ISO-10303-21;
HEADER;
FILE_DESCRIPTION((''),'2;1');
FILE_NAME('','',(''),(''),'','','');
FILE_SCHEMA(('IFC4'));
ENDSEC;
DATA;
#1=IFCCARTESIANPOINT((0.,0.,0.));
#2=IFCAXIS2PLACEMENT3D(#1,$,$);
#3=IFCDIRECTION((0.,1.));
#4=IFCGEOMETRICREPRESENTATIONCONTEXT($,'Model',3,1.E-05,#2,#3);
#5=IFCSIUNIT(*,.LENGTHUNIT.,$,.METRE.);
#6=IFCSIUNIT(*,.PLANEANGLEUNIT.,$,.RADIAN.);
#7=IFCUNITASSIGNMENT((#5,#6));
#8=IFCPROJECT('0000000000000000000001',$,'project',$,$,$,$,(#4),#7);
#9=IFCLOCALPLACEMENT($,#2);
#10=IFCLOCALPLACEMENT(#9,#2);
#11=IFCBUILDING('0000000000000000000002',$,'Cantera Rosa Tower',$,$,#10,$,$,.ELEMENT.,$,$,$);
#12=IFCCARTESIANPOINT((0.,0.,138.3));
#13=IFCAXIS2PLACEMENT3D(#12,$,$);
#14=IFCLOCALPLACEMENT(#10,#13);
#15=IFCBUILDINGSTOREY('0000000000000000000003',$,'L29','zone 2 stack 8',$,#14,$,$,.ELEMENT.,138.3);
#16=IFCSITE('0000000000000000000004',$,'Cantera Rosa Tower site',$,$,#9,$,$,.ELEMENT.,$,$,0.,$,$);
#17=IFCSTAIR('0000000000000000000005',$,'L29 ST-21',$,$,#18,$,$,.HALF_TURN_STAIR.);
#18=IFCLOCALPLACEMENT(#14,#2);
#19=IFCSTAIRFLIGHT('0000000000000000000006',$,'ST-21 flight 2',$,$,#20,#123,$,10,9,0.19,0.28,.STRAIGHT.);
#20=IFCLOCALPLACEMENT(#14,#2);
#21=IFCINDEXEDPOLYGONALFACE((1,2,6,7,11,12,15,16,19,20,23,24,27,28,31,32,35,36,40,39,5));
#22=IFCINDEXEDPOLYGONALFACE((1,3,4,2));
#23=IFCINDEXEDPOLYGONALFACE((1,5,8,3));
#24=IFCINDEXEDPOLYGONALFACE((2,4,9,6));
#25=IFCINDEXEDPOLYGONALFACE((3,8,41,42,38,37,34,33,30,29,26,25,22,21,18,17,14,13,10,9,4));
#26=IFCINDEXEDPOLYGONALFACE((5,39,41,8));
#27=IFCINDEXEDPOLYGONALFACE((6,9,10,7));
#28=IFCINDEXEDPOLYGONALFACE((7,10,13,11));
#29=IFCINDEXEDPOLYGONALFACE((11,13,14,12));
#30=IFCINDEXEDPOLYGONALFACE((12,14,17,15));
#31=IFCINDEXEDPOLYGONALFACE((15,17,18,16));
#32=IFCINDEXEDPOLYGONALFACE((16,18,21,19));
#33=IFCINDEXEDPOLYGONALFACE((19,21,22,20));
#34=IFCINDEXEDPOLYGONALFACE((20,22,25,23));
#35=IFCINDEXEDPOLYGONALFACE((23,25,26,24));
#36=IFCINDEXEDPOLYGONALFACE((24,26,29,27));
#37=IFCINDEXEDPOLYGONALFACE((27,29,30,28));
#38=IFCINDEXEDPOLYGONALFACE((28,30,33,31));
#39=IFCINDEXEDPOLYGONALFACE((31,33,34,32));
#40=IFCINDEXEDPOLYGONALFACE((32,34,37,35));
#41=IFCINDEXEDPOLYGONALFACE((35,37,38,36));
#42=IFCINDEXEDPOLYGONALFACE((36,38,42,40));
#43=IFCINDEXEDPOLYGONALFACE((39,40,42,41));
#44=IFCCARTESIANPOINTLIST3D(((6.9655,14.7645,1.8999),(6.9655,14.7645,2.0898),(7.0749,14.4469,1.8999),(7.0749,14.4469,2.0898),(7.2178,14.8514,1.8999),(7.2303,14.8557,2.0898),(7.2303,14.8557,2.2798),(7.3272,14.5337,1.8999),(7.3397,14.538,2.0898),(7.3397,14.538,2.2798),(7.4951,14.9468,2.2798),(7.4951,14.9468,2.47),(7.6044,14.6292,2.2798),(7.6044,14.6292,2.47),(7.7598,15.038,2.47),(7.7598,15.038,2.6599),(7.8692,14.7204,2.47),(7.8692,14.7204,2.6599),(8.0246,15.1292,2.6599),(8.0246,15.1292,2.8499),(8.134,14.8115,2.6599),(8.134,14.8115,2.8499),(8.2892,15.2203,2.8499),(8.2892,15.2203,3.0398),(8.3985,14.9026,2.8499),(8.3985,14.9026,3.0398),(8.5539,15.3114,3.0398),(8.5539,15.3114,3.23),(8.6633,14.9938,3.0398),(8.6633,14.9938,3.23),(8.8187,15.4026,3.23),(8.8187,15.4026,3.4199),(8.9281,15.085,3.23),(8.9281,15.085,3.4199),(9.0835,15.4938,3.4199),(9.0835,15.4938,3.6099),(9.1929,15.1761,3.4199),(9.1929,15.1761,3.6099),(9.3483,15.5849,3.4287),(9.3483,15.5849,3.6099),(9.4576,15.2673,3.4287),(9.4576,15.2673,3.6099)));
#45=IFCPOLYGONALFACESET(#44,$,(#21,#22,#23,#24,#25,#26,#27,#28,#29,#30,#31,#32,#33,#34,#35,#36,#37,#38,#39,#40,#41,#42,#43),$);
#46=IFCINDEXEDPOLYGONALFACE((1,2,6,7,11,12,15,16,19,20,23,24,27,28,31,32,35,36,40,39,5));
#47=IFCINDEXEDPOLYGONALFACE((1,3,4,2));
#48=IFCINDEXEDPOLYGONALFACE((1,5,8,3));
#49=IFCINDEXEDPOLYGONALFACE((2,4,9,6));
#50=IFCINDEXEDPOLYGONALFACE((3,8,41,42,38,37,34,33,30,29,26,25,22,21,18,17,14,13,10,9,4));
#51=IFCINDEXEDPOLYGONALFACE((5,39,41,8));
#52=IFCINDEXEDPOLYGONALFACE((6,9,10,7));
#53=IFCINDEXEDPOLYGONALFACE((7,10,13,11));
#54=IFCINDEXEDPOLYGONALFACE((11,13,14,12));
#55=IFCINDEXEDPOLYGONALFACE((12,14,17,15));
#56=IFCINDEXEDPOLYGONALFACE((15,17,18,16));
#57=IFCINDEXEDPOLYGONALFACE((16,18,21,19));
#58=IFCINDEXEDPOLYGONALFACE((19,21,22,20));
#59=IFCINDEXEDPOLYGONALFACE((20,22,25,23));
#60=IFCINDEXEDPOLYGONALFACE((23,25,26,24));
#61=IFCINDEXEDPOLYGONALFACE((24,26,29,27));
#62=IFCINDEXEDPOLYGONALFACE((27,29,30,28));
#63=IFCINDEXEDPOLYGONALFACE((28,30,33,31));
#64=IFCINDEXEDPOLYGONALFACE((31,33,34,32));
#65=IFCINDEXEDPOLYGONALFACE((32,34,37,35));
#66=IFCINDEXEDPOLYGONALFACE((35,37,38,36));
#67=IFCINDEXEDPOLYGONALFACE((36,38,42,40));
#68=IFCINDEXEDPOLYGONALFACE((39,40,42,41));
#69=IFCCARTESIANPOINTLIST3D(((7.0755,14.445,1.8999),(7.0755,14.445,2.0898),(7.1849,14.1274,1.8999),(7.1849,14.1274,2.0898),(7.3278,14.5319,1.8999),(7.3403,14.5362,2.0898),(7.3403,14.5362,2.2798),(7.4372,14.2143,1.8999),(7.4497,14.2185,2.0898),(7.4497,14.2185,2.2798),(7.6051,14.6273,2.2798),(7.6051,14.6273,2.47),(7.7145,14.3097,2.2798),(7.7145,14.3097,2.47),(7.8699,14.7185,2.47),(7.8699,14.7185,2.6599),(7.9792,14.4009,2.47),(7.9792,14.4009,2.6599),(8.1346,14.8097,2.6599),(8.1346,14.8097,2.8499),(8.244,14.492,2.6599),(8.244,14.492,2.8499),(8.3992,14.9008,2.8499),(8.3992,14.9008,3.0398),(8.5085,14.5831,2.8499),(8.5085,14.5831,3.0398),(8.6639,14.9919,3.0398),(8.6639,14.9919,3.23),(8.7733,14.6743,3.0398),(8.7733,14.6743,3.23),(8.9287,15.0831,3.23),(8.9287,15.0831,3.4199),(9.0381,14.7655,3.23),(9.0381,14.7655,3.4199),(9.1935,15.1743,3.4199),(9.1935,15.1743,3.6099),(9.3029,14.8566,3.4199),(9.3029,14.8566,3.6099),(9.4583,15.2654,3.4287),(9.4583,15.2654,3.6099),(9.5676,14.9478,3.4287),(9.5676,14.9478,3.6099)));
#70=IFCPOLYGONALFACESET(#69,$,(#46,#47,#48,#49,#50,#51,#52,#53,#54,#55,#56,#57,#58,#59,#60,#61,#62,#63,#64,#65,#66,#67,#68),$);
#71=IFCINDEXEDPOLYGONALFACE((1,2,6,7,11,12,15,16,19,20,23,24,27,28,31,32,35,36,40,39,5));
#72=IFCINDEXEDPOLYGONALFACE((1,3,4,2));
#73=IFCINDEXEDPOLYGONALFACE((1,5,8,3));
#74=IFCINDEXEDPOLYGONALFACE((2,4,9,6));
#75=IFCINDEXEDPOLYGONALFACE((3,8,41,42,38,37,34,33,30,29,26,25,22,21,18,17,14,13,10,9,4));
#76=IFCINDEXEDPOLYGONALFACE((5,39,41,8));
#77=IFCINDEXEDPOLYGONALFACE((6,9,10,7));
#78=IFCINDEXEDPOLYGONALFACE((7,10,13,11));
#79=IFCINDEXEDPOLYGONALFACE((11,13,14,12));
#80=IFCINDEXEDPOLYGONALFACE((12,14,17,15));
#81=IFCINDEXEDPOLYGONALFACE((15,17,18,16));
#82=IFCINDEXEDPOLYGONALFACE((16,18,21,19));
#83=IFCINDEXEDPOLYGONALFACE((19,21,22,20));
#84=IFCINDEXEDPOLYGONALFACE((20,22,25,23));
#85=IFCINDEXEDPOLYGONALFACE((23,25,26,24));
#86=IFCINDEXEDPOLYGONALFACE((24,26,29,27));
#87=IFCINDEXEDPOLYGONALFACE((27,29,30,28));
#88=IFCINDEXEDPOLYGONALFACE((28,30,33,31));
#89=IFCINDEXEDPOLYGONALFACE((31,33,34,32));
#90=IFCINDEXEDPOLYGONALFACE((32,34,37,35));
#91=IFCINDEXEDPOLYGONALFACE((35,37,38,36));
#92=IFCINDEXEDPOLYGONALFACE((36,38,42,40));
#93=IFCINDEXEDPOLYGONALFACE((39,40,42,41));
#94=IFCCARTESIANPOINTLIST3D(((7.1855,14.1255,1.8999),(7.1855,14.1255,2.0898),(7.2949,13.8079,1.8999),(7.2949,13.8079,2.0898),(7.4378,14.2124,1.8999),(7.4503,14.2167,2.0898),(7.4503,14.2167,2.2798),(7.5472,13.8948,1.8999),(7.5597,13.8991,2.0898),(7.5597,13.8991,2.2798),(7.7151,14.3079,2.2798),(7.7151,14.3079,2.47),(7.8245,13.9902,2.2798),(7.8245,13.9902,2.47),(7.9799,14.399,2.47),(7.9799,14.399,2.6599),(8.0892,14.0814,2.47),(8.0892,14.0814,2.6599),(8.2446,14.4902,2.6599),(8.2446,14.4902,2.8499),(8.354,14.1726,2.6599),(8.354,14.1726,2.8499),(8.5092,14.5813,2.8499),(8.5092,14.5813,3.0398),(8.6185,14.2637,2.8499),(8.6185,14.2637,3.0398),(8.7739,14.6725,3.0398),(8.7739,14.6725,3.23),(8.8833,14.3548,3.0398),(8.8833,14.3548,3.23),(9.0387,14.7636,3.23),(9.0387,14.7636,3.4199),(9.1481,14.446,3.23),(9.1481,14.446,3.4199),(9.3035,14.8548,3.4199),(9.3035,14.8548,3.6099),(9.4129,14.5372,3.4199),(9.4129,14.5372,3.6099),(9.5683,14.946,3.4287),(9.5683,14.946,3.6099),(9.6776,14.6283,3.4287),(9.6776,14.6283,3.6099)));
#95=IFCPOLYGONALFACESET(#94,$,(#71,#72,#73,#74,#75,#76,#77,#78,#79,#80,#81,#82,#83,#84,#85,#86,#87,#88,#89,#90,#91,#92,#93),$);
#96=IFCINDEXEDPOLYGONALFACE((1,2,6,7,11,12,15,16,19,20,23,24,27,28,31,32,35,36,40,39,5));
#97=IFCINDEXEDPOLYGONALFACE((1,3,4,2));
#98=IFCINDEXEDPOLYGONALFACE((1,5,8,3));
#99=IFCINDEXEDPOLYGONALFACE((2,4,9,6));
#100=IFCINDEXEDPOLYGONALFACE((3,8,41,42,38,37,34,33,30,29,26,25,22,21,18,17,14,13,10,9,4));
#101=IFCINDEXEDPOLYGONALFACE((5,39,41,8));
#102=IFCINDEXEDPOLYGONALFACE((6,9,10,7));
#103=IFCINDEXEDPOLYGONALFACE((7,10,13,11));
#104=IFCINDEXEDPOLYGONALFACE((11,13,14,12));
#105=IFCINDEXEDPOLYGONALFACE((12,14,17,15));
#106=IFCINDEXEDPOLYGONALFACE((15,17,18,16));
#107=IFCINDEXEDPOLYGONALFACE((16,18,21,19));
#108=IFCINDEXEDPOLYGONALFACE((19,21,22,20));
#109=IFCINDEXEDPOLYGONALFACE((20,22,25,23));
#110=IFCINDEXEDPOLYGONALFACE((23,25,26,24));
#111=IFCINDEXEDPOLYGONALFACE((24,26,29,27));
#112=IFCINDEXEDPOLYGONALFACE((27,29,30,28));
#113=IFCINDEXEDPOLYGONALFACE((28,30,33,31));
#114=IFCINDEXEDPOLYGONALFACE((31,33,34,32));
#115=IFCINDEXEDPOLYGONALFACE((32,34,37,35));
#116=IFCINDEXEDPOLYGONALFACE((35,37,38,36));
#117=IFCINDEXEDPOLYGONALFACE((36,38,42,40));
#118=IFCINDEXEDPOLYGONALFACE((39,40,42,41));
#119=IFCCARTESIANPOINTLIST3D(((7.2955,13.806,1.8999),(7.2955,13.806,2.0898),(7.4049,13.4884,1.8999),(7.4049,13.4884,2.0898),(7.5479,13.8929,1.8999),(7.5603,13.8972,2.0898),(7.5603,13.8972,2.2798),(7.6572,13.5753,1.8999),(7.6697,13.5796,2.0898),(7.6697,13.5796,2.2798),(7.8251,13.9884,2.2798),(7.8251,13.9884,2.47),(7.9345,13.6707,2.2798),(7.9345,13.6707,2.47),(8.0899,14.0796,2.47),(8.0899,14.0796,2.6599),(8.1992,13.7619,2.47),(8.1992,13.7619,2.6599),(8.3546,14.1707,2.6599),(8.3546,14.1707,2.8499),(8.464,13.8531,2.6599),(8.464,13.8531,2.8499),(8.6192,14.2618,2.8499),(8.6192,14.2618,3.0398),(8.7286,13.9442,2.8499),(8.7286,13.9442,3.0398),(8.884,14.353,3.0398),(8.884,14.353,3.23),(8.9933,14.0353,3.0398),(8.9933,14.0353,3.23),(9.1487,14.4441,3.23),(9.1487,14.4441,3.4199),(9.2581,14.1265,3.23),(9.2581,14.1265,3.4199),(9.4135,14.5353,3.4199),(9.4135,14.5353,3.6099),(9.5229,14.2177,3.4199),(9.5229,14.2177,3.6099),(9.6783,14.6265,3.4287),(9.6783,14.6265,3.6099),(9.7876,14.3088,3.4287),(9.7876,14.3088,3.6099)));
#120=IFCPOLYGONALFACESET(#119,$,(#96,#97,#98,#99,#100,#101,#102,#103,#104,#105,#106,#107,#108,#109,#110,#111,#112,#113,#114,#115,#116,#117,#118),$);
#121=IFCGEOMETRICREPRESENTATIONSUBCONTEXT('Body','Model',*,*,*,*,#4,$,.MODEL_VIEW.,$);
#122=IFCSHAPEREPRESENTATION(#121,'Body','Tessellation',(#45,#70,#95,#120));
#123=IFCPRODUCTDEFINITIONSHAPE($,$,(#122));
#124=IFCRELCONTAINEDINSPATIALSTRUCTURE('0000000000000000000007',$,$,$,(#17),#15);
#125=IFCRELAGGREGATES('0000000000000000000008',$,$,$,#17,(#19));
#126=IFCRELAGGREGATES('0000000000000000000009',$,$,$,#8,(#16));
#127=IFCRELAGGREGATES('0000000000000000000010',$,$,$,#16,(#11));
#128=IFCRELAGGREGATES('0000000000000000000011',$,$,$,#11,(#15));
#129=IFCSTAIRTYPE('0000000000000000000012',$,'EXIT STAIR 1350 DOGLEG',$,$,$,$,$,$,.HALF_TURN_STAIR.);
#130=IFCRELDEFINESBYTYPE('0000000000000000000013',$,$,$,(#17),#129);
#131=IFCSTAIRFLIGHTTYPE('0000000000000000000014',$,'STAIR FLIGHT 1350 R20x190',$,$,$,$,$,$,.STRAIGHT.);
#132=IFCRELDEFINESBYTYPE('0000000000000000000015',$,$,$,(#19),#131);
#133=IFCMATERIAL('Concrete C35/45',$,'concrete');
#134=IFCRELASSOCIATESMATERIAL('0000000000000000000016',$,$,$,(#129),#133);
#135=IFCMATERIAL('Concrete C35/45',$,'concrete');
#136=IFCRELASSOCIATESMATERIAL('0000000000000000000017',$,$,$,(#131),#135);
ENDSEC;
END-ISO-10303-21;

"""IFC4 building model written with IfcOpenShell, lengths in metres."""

from ifc_helpers import new_model, si_unit, direction, frame, origin, place, context, subcontext, project, spatial, polyline, outline, extrude, material, type_object, element, aggregate, save


model = new_model("IFC4")

# Units and contexts
model_context = context("Model", 3, precision=1e-05, world=origin(), true_north=direction((0.0, 1.0)))
body_context = subcontext(model_context, "Body", "Model", "MODEL_VIEW")
ifc_project = project(units=[si_unit("LENGTHUNIT", "METRE"), si_unit("PLANEANGLEUNIT", "RADIAN")], contexts=[model_context])

# Site, building, storey
site_placement = place(None, origin())
site = spatial("IfcSite", under=ifc_project, at=site_placement, Name="Cantera Rosa Tower site", CompositionType="ELEMENT", RefElevation=0.0)
building_placement = place(site_placement, origin())
building = spatial("IfcBuilding", under=site, at=building_placement, Name="Cantera Rosa Tower", CompositionType="ELEMENT")
storey_placement = place(building_placement, frame((0.0, 0.0, 138.3)))
storey = spatial("IfcBuildingStorey", under=building, at=storey_placement, Name="L29", Description="zone 2 stack 8", CompositionType="ELEMENT", Elevation=138.3)

# Shared definitions
ifc_material_1 = material(Name="Concrete C35/45", Category="concrete")
stair_type = type_object("IfcStairType", Name="EXIT STAIR 1350 DOGLEG", PredefinedType="HALF_TURN_STAIR", material=ifc_material_1)

# Stair, stair flight
stair_1_placement = place(storey_placement, origin())
stair_1 = element("IfcStair", 1, at=stair_1_placement, inside=storey, type_object=stair_type, Name="L29 ST-21", PredefinedType="HALF_TURN_STAIR")
ifc_material_2 = material(Name="Concrete C35/45", Category="concrete")
stair_flight_type = type_object("IfcStairFlightType", Name="STAIR FLIGHT 1350 R20x190", PredefinedType="STRAIGHT", material=ifc_material_2)
stair_flight_placement = place(storey_placement, frame((7.1853, 14.1262, 1.8999), z_axis=(0.0, 0.0, 1.0), x_axis=(0.945519, 0.325568, 0.0)))
stair_flight = element("IfcStairFlight", 2, at=stair_flight_placement, type_object=stair_flight_type, Name="ST-21 flight 2", NumberOfRisers=10, NumberOfTreads=9, PredefinedType="STRAIGHT", RiserHeight=0.19, TreadLength=0.28, context=body_context, shape_type="SweptSolid", body=[
    extrude(outline(polyline([(0.0, 0.0), (0.0, 0.1899), (0.28, 0.1899), (0.28, 0.3799), (0.5601, 0.3799), (0.5601, 0.5701), (0.8401, 0.5701), (0.8401, 0.76), (1.1201, 0.76), (1.1201, 0.95), (1.3999, 0.95), (1.3999, 1.1399), (1.6799, 1.1399), (1.6799, 1.3301), (1.96, 1.3301), (1.96, 1.52), (2.24, 1.52), (2.24, 1.71), (2.52, 1.71), (2.52, 1.8999), (2.52, 1.5288), (0.2668, 0.0), (0.0, 0.0)])), frame((0.0, 0.675, 0.0), z_axis=(0.0, -1.0, 0.0), x_axis=(1.0, 0.0, 0.0)), (0.0, 0.0, 1.0), 0.3359),
    extrude(outline(polyline([(0.0, 0.0), (0.0, 0.1899), (0.28, 0.1899), (0.28, 0.3799), (0.5601, 0.3799), (0.5601, 0.5701), (0.8401, 0.5701), (0.8401, 0.76), (1.1201, 0.76), (1.1201, 0.95), (1.3999, 0.95), (1.3999, 1.1399), (1.6799, 1.1399), (1.6799, 1.3301), (1.96, 1.3301), (1.96, 1.52), (2.24, 1.52), (2.24, 1.71), (2.52, 1.71), (2.52, 1.8999), (2.52, 1.5288), (0.2668, 0.0), (0.0, 0.0)])), frame((0.0, 0.3372, 0.0), z_axis=(0.0, -1.0, 0.0), x_axis=(1.0, 0.0, 0.0)), (0.0, 0.0, 1.0), 0.3359),
    extrude(outline(polyline([(0.0, 0.0), (0.0, 0.1899), (0.28, 0.1899), (0.28, 0.3799), (0.5601, 0.3799), (0.5601, 0.5701), (0.8401, 0.5701), (0.8401, 0.76), (1.1201, 0.76), (1.1201, 0.95), (1.3999, 0.95), (1.3999, 1.1399), (1.6799, 1.1399), (1.6799, 1.3301), (1.96, 1.3301), (1.96, 1.52), (2.24, 1.52), (2.24, 1.71), (2.52, 1.71), (2.52, 1.8999), (2.52, 1.5288), (0.2668, 0.0), (0.0, 0.0)])), frame((0.0, -0.0007, 0.0), z_axis=(0.0, -1.0, 0.0), x_axis=(1.0, 0.0, 0.0)), (0.0, 0.0, 1.0), 0.3359),
    extrude(outline(polyline([(0.0, 0.0), (0.0, 0.1899), (0.28, 0.1899), (0.28, 0.3799), (0.5601, 0.3799), (0.5601, 0.5701), (0.8401, 0.5701), (0.8401, 0.76), (1.1201, 0.76), (1.1201, 0.95), (1.3999, 0.95), (1.3999, 1.1399), (1.6799, 1.1399), (1.6799, 1.3301), (1.96, 1.3301), (1.96, 1.52), (2.24, 1.52), (2.24, 1.71), (2.52, 1.71), (2.52, 1.8999), (2.52, 1.5288), (0.2668, 0.0), (0.0, 0.0)])), frame((0.0, -0.3386, 0.0), z_axis=(0.0, -1.0, 0.0), x_axis=(1.0, 0.0, 0.0)), (0.0, 0.0, 1.0), 0.3359),
])
aggregate(stair_1, [stair_flight])

save(model, "model.ifc")
